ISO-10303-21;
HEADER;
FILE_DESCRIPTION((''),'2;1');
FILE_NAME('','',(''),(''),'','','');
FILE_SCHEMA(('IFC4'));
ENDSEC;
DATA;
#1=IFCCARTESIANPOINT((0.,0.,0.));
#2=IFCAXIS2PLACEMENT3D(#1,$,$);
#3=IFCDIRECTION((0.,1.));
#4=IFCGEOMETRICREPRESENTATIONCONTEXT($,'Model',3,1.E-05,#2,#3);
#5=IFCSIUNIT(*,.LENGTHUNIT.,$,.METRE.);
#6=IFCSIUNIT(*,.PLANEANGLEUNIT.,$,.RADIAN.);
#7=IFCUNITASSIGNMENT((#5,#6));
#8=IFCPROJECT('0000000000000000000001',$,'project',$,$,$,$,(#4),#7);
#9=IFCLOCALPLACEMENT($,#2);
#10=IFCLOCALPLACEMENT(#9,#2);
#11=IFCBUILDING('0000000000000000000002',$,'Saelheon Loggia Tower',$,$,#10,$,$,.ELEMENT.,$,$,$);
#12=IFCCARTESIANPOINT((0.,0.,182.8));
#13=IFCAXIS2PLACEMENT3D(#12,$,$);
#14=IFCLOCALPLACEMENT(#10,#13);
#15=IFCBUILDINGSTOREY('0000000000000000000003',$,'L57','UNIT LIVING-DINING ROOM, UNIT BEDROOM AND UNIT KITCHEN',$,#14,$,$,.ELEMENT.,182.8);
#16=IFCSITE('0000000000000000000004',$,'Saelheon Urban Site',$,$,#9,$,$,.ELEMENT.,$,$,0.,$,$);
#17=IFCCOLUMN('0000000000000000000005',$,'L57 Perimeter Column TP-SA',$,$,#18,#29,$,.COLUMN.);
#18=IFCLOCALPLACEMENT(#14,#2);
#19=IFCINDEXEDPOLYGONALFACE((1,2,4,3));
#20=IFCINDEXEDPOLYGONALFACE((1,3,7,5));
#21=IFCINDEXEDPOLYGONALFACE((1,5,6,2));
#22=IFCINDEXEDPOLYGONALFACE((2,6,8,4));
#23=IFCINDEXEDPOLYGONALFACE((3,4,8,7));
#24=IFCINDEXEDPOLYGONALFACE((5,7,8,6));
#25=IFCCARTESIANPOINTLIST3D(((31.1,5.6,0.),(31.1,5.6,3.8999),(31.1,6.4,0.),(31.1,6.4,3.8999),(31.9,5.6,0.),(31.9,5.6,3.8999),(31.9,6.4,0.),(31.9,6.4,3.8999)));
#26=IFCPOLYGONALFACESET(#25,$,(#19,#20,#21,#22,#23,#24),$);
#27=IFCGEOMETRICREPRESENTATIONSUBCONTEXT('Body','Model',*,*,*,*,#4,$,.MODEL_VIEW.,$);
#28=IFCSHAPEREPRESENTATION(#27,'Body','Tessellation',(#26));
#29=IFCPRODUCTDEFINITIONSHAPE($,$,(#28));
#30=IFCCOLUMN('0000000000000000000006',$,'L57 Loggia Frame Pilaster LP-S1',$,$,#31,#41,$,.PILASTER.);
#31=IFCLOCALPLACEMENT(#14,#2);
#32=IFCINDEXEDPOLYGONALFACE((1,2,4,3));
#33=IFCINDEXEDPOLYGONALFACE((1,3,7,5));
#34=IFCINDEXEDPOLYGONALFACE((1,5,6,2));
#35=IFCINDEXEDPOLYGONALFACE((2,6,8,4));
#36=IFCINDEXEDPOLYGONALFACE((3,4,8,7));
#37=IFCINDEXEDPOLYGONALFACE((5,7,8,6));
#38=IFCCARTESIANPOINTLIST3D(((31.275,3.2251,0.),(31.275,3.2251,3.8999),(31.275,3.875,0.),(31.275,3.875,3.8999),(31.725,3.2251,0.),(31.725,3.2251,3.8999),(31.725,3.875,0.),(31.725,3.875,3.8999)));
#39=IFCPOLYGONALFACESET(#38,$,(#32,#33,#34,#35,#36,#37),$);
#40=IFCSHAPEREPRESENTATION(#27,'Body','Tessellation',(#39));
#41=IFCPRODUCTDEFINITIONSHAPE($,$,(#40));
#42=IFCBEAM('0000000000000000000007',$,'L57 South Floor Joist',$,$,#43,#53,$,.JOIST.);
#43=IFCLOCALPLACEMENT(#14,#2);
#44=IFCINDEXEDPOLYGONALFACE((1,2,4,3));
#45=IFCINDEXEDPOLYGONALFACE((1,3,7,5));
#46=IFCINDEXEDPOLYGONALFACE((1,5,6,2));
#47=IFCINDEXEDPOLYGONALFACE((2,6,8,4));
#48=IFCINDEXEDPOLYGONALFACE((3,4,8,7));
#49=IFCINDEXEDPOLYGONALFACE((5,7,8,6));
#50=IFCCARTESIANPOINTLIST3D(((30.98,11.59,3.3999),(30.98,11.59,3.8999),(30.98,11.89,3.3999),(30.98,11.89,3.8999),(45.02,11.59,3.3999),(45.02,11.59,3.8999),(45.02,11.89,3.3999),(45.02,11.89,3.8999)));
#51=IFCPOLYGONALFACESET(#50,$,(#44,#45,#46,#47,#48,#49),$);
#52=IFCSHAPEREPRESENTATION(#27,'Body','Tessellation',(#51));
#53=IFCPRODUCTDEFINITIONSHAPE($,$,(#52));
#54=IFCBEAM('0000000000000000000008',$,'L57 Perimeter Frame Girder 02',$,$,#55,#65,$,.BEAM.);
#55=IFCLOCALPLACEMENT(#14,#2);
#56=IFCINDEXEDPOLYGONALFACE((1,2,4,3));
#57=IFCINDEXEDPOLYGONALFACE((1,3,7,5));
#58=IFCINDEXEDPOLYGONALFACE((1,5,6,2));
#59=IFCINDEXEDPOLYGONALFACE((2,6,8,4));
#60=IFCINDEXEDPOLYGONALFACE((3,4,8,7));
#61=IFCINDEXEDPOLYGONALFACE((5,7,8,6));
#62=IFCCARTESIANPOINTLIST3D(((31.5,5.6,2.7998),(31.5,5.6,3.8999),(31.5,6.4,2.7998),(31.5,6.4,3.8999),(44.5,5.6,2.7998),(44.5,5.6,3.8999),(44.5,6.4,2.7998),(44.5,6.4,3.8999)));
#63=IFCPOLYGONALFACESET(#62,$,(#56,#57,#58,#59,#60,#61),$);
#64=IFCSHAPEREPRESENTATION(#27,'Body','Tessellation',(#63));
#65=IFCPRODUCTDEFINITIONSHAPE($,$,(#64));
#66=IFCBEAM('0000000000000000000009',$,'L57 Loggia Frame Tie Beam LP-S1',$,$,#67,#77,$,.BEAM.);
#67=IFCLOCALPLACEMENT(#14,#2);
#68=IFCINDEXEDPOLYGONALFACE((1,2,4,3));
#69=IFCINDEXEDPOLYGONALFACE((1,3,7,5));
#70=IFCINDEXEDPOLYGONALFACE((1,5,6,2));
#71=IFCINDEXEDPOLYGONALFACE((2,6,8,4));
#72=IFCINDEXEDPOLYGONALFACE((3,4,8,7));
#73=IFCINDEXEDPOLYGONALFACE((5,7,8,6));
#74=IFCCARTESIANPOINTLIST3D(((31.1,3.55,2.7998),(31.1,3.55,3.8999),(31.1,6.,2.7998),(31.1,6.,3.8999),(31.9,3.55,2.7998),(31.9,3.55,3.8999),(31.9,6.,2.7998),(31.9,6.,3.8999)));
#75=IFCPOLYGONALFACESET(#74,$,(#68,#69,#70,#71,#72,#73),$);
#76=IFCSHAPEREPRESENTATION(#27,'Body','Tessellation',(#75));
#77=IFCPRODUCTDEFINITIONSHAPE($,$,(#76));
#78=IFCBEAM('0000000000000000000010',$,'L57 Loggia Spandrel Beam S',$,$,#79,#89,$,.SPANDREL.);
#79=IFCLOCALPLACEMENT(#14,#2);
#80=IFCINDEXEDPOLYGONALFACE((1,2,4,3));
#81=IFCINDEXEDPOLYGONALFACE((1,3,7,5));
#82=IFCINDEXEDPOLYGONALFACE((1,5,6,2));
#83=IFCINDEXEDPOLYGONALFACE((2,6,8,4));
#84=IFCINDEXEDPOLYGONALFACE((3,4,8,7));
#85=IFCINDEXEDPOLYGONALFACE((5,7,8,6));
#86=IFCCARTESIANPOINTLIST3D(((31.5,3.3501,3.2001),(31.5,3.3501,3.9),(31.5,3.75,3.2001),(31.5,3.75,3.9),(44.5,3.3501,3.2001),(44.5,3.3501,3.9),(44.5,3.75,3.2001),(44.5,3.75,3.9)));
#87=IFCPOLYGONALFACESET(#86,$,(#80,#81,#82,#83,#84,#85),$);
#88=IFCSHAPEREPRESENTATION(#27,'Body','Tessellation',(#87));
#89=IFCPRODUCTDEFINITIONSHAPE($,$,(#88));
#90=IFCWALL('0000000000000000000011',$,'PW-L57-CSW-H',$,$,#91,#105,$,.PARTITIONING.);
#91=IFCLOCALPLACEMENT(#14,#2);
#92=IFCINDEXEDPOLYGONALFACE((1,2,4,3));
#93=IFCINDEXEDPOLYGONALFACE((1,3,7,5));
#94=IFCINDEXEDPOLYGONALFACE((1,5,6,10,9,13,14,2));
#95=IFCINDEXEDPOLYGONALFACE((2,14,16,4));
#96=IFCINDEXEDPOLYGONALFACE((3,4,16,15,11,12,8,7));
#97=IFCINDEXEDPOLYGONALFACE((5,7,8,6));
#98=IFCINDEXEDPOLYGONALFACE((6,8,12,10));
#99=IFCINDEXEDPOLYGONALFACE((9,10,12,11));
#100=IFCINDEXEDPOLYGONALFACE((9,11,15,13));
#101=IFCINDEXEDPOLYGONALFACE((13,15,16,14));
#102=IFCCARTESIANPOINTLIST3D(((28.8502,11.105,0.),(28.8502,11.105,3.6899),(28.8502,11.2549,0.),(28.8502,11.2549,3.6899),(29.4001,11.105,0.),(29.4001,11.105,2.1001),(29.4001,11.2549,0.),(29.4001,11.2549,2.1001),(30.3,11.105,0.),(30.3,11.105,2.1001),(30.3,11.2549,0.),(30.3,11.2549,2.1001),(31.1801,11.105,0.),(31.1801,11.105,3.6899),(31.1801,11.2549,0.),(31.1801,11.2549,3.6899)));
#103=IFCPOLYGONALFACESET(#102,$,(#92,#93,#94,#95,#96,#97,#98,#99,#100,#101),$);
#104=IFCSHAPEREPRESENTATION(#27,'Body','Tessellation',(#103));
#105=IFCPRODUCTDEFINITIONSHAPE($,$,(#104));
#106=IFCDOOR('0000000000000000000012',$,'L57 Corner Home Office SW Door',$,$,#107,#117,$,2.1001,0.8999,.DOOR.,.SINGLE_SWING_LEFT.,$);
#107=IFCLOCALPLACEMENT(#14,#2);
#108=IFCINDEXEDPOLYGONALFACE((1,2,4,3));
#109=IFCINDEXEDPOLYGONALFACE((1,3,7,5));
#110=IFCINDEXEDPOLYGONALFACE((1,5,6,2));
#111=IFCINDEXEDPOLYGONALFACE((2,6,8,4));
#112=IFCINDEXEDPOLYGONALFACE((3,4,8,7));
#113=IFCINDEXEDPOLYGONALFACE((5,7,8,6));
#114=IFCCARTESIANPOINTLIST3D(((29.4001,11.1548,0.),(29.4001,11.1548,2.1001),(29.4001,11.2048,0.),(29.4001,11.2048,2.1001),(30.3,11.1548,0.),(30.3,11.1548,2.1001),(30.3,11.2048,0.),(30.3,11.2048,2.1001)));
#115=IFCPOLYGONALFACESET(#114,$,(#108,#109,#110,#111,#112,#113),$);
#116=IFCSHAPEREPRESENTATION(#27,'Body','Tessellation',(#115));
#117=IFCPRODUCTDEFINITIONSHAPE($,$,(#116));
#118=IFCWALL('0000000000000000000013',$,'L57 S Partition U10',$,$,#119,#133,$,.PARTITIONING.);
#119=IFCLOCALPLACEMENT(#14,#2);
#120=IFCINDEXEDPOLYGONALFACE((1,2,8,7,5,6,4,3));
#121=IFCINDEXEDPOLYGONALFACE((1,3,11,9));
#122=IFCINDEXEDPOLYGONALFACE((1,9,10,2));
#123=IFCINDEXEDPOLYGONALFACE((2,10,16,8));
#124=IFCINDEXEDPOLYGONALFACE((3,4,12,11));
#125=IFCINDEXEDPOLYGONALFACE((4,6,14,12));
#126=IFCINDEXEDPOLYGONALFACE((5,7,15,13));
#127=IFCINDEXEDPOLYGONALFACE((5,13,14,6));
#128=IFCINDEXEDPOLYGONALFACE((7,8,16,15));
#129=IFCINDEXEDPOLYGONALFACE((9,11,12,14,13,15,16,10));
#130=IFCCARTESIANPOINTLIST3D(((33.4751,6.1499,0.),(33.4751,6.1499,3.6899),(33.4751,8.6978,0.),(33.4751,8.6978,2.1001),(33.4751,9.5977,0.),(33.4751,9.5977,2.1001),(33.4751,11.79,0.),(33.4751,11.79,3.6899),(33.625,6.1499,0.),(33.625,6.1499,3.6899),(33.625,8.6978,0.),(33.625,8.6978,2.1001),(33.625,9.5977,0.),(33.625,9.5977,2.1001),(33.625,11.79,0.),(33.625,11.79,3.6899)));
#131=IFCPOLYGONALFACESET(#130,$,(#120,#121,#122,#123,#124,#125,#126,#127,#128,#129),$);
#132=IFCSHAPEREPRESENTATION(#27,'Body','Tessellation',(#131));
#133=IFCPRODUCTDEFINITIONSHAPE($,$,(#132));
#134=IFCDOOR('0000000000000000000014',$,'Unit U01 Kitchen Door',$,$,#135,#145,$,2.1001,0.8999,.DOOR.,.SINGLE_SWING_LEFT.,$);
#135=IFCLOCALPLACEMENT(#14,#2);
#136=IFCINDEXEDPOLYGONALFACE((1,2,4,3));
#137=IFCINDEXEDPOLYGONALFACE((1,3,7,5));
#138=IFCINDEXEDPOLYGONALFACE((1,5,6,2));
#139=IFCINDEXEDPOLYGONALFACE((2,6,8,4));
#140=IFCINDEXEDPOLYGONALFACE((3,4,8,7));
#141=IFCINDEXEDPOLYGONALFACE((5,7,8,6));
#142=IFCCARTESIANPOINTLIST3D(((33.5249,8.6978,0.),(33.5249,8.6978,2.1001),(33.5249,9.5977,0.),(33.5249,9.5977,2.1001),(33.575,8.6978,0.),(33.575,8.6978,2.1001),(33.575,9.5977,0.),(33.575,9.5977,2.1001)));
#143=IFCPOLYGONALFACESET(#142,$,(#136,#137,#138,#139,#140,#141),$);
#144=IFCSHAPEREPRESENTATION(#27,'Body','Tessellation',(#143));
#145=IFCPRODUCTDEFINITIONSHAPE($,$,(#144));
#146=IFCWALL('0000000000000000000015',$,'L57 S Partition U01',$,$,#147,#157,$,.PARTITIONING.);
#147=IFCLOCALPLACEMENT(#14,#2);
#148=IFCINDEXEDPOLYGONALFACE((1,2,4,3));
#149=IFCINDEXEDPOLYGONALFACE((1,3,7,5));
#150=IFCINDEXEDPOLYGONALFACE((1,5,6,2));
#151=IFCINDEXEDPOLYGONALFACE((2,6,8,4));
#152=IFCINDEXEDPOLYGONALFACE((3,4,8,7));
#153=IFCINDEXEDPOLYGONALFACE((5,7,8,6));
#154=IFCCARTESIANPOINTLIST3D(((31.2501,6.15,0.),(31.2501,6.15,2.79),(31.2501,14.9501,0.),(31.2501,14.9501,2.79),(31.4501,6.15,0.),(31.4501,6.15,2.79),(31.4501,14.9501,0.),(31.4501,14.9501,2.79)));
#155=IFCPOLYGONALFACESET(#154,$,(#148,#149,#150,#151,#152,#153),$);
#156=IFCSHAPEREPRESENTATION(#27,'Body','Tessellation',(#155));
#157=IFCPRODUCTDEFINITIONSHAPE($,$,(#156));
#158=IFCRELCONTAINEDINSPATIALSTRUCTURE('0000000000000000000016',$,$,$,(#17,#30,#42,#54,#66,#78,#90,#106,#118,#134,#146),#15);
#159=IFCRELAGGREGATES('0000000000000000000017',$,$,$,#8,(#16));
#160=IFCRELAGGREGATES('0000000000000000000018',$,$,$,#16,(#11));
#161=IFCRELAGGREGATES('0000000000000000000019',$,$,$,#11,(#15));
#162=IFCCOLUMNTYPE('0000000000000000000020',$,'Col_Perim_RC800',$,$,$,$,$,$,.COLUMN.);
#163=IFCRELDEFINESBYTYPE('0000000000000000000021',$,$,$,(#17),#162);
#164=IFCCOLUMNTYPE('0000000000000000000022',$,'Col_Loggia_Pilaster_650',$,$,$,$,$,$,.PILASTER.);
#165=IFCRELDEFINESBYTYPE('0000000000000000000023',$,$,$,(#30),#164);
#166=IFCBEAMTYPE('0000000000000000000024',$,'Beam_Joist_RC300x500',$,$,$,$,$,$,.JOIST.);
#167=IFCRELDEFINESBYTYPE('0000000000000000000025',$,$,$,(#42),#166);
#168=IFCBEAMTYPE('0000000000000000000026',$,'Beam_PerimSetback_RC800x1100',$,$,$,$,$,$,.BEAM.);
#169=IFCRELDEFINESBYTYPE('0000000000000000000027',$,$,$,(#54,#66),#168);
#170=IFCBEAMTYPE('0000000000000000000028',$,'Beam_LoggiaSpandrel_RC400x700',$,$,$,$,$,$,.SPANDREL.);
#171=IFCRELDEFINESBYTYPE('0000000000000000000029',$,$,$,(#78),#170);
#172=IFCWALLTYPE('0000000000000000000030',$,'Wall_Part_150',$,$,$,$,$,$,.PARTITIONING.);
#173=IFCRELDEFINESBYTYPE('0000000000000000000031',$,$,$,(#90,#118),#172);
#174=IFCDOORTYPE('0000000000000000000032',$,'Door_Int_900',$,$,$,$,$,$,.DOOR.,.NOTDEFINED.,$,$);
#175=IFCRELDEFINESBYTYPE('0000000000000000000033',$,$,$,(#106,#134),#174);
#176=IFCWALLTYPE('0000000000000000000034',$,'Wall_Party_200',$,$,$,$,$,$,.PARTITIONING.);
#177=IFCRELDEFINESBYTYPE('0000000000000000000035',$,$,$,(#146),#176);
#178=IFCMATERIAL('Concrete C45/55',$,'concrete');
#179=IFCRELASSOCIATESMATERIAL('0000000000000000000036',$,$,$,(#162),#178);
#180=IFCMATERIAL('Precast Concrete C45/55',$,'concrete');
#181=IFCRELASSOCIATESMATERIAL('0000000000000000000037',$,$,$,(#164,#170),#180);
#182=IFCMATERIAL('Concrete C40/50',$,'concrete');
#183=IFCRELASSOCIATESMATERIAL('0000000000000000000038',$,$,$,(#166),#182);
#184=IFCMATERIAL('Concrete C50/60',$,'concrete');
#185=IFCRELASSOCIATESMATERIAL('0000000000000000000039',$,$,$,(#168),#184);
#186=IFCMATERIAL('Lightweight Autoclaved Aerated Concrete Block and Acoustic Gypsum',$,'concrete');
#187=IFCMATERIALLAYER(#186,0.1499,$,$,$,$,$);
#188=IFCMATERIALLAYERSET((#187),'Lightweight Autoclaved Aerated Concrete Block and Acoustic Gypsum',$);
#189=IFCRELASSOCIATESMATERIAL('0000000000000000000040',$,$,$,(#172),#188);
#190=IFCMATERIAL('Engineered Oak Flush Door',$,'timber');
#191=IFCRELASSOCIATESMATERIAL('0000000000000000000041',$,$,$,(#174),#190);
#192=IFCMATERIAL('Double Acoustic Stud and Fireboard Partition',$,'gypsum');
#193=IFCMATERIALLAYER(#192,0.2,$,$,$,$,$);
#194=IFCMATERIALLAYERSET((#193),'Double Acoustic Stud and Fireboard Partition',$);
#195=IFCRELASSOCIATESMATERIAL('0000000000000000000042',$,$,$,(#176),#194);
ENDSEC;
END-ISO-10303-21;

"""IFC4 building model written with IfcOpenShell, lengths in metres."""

from ifc_helpers import new_model, si_unit, direction, frame, frame_2d, origin, origin_2d, place, context, subcontext, project, spatial, rectangle, extrude, source, transform, mapped, material, layer, layer_set, material_profile, profile_set, type_object, element, fill, save


model = new_model("IFC4")

# Units and contexts
model_context = context("Model", 3, precision=1e-05, world=origin(), true_north=direction((0.0, 1.0)))
body_context = subcontext(model_context, "Body", "Model", "MODEL_VIEW")
ifc_project = project(units=[si_unit("LENGTHUNIT", "METRE"), si_unit("PLANEANGLEUNIT", "RADIAN")], contexts=[model_context])

# Site, building, storey
site_placement = place(None, origin())
site = spatial("IfcSite", under=ifc_project, at=site_placement, Name="Saelheon Urban Site", CompositionType="ELEMENT", RefElevation=0.0)
building_placement = place(site_placement, origin())
building = spatial("IfcBuilding", under=site, at=building_placement, Name="Saelheon Loggia Tower", CompositionType="ELEMENT")
storey_placement = place(building_placement, frame((0.0, 0.0, 182.8)))
storey = spatial("IfcBuildingStorey", under=building, at=storey_placement, Name="L57", Description="UNIT LIVING-DINING ROOM, UNIT BEDROOM AND UNIT KITCHEN", CompositionType="ELEMENT", Elevation=182.8)

# Columns
ifc_material_1 = material(Name="Concrete C45/55", Category="concrete")
ifc_material_profile_1 = material_profile(ifc_material_1, rectangle(XDim=0.8, YDim=0.8, at=origin_2d()), Name="RC-800x800")
ifc_profile_set_1 = profile_set([ifc_material_profile_1], Name="Concrete C45/55")
column_type_1 = type_object("IfcColumnType", Name="Col_Perim_RC800", PredefinedType="COLUMN", material=ifc_profile_set_1)
shared_shape_1 = source(origin(), body_context, "Body", "SweptSolid", [
    extrude(rectangle(XDim=0.8, YDim=0.8, at=origin_2d()), origin(), (0.0, 0.0, 1.0), 3.8999),
])
column_1_placement = place(storey_placement, frame((31.5, 6.0, 0.0), z_axis=(0.0, 0.0, 1.0), x_axis=(1.0, 0.0, 0.0)))
element("IfcColumn", 1, at=column_1_placement, inside=storey, type_object=column_type_1, Name="L57 Perimeter Column TP-SA", PredefinedType="COLUMN", context=body_context, shape_type="MappedRepresentation", body=[
    mapped(shared_shape_1, transform((0.0, 0.0, 0.0), scale=1.0)),
])
ifc_material_2 = material(Name="Precast Concrete C45/55", Category="concrete")
ifc_material_profile_2 = material_profile(ifc_material_2, rectangle(XDim=0.45, YDim=0.6499, at=origin_2d()), Name="RC-450x650")
ifc_profile_set_2 = profile_set([ifc_material_profile_2], Name="Precast Concrete C45/55")
column_type_2 = type_object("IfcColumnType", Name="Col_Loggia_Pilaster_650", PredefinedType="PILASTER", material=ifc_profile_set_2)
shared_shape_2 = source(origin(), body_context, "Body", "SweptSolid", [
    extrude(rectangle(XDim=0.45, YDim=0.6499, at=origin_2d()), origin(), (0.0, 0.0, 1.0), 3.8999),
])
column_2_placement = place(storey_placement, frame((31.5, 3.55, 0.0), z_axis=(0.0, 0.0, 1.0), x_axis=(1.0, 0.0, 0.0)))
element("IfcColumn", 2, at=column_2_placement, inside=storey, type_object=column_type_2, Name="L57 Loggia Frame Pilaster LP-S1", PredefinedType="PILASTER", context=body_context, shape_type="MappedRepresentation", body=[
    mapped(shared_shape_2, transform((0.0, 0.0, 0.0), scale=1.0)),
])

# Beams
ifc_material_3 = material(Name="Concrete C40/50", Category="concrete")
ifc_material_profile_3 = material_profile(ifc_material_3, rectangle(XDim=0.3, YDim=0.5, at=origin_2d()), Name="RC-300x500")
ifc_profile_set_3 = profile_set([ifc_material_profile_3], Name="Concrete C40/50")
beam_type_1 = type_object("IfcBeamType", Name="Beam_Joist_RC300x500", PredefinedType="JOIST", material=ifc_profile_set_3)
shared_shape_3 = source(origin(), body_context, "Body", "SweptSolid", [
    extrude(rectangle(XDim=0.3, YDim=0.5, at=origin_2d()), origin(), (0.0, 0.0, 1.0), 14.04),
])
beam_1_placement = place(storey_placement, frame((30.98, 11.74, 3.6499), z_axis=(1.0, 0.0, 0.0), x_axis=(0.0, 1.0, 0.0)))
element("IfcBeam", 3, at=beam_1_placement, inside=storey, type_object=beam_type_1, Name="L57 South Floor Joist", PredefinedType="JOIST", context=body_context, shape_type="MappedRepresentation", body=[
    mapped(shared_shape_3, transform((0.0, 0.0, 0.0), scale=1.0)),
])
ifc_material_4 = material(Name="Concrete C50/60", Category="concrete")
ifc_material_profile_4 = material_profile(ifc_material_4, rectangle(XDim=0.8, YDim=1.1001, at=origin_2d()), Name="RC-800x1100")
ifc_profile_set_4 = profile_set([ifc_material_profile_4], Name="Concrete C50/60")
beam_type_2 = type_object("IfcBeamType", Name="Beam_PerimSetback_RC800x1100", PredefinedType="BEAM", material=ifc_profile_set_4)
shared_shape_4 = source(origin(), body_context, "Body", "SweptSolid", [
    extrude(rectangle(XDim=0.8, YDim=1.1001, at=origin_2d()), origin(), (0.0, 0.0, 1.0), 13.0),
])
beam_2_placement = place(storey_placement, frame((31.5, 6.0, 3.3499), z_axis=(1.0, 0.0, 0.0), x_axis=(0.0, 1.0, 0.0)))
element("IfcBeam", 4, at=beam_2_placement, inside=storey, type_object=beam_type_2, Name="L57 Perimeter Frame Girder 02", PredefinedType="BEAM", context=body_context, shape_type="MappedRepresentation", body=[
    mapped(shared_shape_4, transform((0.0, 0.0, 0.0), scale=1.0)),
])
shared_shape_5 = source(origin(), body_context, "Body", "SweptSolid", [
    extrude(rectangle(XDim=0.8, YDim=1.1001, at=origin_2d()), origin(), (0.0, 0.0, 1.0), 2.45),
])
beam_3_placement = place(storey_placement, frame((31.5, 6.0, 3.3499), z_axis=(0.0, -1.0, 0.0), x_axis=(1.0, 0.0, 0.0)))
element("IfcBeam", 5, at=beam_3_placement, inside=storey, type_object=beam_type_2, Name="L57 Loggia Frame Tie Beam LP-S1", PredefinedType="BEAM", context=body_context, shape_type="MappedRepresentation", body=[
    mapped(shared_shape_5, transform((0.0, 0.0, 0.0), scale=1.0)),
])
ifc_material_profile_5 = material_profile(ifc_material_2, rectangle(XDim=0.3999, YDim=0.7, at=origin_2d()), Name="RC-400x700")
ifc_profile_set_5 = profile_set([ifc_material_profile_5], Name="Precast Concrete C45/55")
beam_type_3 = type_object("IfcBeamType", Name="Beam_LoggiaSpandrel_RC400x700", PredefinedType="SPANDREL", material=ifc_profile_set_5)
shared_shape_6 = source(origin(), body_context, "Body", "SweptSolid", [
    extrude(rectangle(XDim=0.3999, YDim=0.7, at=origin_2d()), origin(), (0.0, 0.0, 1.0), 13.0),
])
beam_4_placement = place(storey_placement, frame((31.5, 3.55, 3.55), z_axis=(1.0, 0.0, 0.0), x_axis=(0.0, 1.0, 0.0)))
element("IfcBeam", 6, at=beam_4_placement, inside=storey, type_object=beam_type_3, Name="L57 Loggia Spandrel Beam S", PredefinedType="SPANDREL", context=body_context, shape_type="MappedRepresentation", body=[
    mapped(shared_shape_6, transform((0.0, 0.0, 0.0), scale=1.0)),
])

# Walls, openings, doors
ifc_material_5 = material(Name="Lightweight Autoclaved Aerated Concrete Block and Acoustic Gypsum", Category="concrete")
ifc_layer_1 = layer(ifc_material_5, 0.1499)
ifc_layer_set_1 = layer_set([ifc_layer_1], Name="Lightweight Autoclaved Aerated Concrete Block and Acoustic Gypsum")
wall_type_1 = type_object("IfcWallType", Name="Wall_Part_150", PredefinedType="PARTITIONING", material=ifc_layer_set_1)
wall_1_placement = place(storey_placement, frame((28.8501, 11.1799, 0.0), z_axis=(0.0, 0.0, 1.0), x_axis=(1.0, 0.0, 0.0)))
wall_1 = element("IfcWall", 7, at=wall_1_placement, inside=storey, type_object=wall_type_1, Name="PW-L57-CSW-H", PredefinedType="PARTITIONING", context=body_context, shape_type="SweptSolid", body=[
    extrude(rectangle(XDim=2.3298, YDim=0.1499, at=frame_2d((1.165, 0.0))), origin(), (0.0, 0.0, 1.0), 3.6899),
])
opening_1_placement = place(wall_1_placement, frame((0.55, 0.0, 0.0)))
opening_1 = element("IfcOpeningElement", 8, at=opening_1_placement, cuts=wall_1, PredefinedType="OPENING", context=body_context, shape_type="SweptSolid", body=[
    extrude(rectangle(XDim=0.8999, YDim=2.1001, at=frame_2d((0.45, 1.05))), frame((0.0, 0.0869, 0.0), z_axis=(0.0, -1.0, 0.0), x_axis=(1.0, 0.0, 0.0)), (0.0, 0.0, 1.0), 0.1738),
])
ifc_material_6 = material(Name="Engineered Oak Flush Door", Category="timber")
door_type_1 = type_object("IfcDoorType", Name="Door_Int_900", OperationType="NOTDEFINED", PredefinedType="DOOR", material=ifc_material_6)
shared_shape_7 = source(origin(), body_context, "Body", "SweptSolid", [
    extrude(rectangle(XDim=0.8999, YDim=2.1001, at=frame_2d((0.45, 1.05))), frame((0.0, 0.0249, 0.0), z_axis=(0.0, -1.0, 0.0), x_axis=(1.0, 0.0, 0.0)), (0.0, 0.0, 1.0), 0.05),
])
door_1_placement = place(opening_1_placement, origin())
door_1 = element("IfcDoor", 9, at=door_1_placement, inside=storey, type_object=door_type_1, Name="L57 Corner Home Office SW Door", OperationType="SINGLE_SWING_LEFT", OverallHeight=2.1001, OverallWidth=0.8999, PredefinedType="DOOR", context=body_context, shape_type="MappedRepresentation", body=[
    mapped(shared_shape_7, transform((0.0, 0.0, 0.0), scale=1.0)),
])
fill(opening_1, door_1)
wall_2_placement = place(storey_placement, frame((33.55, 11.79, 0.0), z_axis=(0.0, 0.0, 1.0), x_axis=(0.0, -1.0, 0.0)))
wall_2 = element("IfcWall", 10, at=wall_2_placement, inside=storey, type_object=wall_type_1, Name="L57 S Partition U10", PredefinedType="PARTITIONING", context=body_context, shape_type="SweptSolid", body=[
    extrude(rectangle(XDim=5.6401, YDim=0.1499, at=frame_2d((2.8201, 0.0))), origin(), (0.0, 0.0, 1.0), 3.6899),
])
opening_2_placement = place(wall_2_placement, frame((2.1924, 0.0, 0.0)))
opening_2 = element("IfcOpeningElement", 11, at=opening_2_placement, cuts=wall_2, PredefinedType="OPENING", context=body_context, shape_type="SweptSolid", body=[
    extrude(rectangle(XDim=0.8999, YDim=2.1001, at=frame_2d((0.45, 1.05))), frame((0.0, 0.0869, 0.0), z_axis=(0.0, -1.0, 0.0), x_axis=(1.0, 0.0, 0.0)), (0.0, 0.0, 1.0), 0.1738),
])
door_2_placement = place(opening_2_placement, origin())
door_2 = element("IfcDoor", 12, at=door_2_placement, inside=storey, type_object=door_type_1, Name="Unit U01 Kitchen Door", OperationType="SINGLE_SWING_LEFT", OverallHeight=2.1001, OverallWidth=0.8999, PredefinedType="DOOR", context=body_context, shape_type="MappedRepresentation", body=[
    mapped(shared_shape_7, transform((0.0, 0.0, 0.0), scale=1.0)),
])
fill(opening_2, door_2)

# Wall
ifc_material_7 = material(Name="Double Acoustic Stud and Fireboard Partition", Category="gypsum")
ifc_layer_2 = layer(ifc_material_7, 0.2)
ifc_layer_set_2 = layer_set([ifc_layer_2], Name="Double Acoustic Stud and Fireboard Partition")
wall_type_2 = type_object("IfcWallType", Name="Wall_Party_200", PredefinedType="PARTITIONING", material=ifc_layer_set_2)
wall_3_placement = place(storey_placement, frame((31.3501, 14.95, 0.0), z_axis=(0.0, 0.0, 1.0), x_axis=(0.0, -1.0, 0.0)))
element("IfcWall", 13, at=wall_3_placement, inside=storey, type_object=wall_type_2, Name="L57 S Partition U01", PredefinedType="PARTITIONING", context=body_context, shape_type="SweptSolid", body=[
    extrude(rectangle(XDim=8.8, YDim=0.2, at=frame_2d((4.3999, 0.0))), origin(), (0.0, 0.0, 1.0), 2.79),
])

save(model, "model.ifc")
